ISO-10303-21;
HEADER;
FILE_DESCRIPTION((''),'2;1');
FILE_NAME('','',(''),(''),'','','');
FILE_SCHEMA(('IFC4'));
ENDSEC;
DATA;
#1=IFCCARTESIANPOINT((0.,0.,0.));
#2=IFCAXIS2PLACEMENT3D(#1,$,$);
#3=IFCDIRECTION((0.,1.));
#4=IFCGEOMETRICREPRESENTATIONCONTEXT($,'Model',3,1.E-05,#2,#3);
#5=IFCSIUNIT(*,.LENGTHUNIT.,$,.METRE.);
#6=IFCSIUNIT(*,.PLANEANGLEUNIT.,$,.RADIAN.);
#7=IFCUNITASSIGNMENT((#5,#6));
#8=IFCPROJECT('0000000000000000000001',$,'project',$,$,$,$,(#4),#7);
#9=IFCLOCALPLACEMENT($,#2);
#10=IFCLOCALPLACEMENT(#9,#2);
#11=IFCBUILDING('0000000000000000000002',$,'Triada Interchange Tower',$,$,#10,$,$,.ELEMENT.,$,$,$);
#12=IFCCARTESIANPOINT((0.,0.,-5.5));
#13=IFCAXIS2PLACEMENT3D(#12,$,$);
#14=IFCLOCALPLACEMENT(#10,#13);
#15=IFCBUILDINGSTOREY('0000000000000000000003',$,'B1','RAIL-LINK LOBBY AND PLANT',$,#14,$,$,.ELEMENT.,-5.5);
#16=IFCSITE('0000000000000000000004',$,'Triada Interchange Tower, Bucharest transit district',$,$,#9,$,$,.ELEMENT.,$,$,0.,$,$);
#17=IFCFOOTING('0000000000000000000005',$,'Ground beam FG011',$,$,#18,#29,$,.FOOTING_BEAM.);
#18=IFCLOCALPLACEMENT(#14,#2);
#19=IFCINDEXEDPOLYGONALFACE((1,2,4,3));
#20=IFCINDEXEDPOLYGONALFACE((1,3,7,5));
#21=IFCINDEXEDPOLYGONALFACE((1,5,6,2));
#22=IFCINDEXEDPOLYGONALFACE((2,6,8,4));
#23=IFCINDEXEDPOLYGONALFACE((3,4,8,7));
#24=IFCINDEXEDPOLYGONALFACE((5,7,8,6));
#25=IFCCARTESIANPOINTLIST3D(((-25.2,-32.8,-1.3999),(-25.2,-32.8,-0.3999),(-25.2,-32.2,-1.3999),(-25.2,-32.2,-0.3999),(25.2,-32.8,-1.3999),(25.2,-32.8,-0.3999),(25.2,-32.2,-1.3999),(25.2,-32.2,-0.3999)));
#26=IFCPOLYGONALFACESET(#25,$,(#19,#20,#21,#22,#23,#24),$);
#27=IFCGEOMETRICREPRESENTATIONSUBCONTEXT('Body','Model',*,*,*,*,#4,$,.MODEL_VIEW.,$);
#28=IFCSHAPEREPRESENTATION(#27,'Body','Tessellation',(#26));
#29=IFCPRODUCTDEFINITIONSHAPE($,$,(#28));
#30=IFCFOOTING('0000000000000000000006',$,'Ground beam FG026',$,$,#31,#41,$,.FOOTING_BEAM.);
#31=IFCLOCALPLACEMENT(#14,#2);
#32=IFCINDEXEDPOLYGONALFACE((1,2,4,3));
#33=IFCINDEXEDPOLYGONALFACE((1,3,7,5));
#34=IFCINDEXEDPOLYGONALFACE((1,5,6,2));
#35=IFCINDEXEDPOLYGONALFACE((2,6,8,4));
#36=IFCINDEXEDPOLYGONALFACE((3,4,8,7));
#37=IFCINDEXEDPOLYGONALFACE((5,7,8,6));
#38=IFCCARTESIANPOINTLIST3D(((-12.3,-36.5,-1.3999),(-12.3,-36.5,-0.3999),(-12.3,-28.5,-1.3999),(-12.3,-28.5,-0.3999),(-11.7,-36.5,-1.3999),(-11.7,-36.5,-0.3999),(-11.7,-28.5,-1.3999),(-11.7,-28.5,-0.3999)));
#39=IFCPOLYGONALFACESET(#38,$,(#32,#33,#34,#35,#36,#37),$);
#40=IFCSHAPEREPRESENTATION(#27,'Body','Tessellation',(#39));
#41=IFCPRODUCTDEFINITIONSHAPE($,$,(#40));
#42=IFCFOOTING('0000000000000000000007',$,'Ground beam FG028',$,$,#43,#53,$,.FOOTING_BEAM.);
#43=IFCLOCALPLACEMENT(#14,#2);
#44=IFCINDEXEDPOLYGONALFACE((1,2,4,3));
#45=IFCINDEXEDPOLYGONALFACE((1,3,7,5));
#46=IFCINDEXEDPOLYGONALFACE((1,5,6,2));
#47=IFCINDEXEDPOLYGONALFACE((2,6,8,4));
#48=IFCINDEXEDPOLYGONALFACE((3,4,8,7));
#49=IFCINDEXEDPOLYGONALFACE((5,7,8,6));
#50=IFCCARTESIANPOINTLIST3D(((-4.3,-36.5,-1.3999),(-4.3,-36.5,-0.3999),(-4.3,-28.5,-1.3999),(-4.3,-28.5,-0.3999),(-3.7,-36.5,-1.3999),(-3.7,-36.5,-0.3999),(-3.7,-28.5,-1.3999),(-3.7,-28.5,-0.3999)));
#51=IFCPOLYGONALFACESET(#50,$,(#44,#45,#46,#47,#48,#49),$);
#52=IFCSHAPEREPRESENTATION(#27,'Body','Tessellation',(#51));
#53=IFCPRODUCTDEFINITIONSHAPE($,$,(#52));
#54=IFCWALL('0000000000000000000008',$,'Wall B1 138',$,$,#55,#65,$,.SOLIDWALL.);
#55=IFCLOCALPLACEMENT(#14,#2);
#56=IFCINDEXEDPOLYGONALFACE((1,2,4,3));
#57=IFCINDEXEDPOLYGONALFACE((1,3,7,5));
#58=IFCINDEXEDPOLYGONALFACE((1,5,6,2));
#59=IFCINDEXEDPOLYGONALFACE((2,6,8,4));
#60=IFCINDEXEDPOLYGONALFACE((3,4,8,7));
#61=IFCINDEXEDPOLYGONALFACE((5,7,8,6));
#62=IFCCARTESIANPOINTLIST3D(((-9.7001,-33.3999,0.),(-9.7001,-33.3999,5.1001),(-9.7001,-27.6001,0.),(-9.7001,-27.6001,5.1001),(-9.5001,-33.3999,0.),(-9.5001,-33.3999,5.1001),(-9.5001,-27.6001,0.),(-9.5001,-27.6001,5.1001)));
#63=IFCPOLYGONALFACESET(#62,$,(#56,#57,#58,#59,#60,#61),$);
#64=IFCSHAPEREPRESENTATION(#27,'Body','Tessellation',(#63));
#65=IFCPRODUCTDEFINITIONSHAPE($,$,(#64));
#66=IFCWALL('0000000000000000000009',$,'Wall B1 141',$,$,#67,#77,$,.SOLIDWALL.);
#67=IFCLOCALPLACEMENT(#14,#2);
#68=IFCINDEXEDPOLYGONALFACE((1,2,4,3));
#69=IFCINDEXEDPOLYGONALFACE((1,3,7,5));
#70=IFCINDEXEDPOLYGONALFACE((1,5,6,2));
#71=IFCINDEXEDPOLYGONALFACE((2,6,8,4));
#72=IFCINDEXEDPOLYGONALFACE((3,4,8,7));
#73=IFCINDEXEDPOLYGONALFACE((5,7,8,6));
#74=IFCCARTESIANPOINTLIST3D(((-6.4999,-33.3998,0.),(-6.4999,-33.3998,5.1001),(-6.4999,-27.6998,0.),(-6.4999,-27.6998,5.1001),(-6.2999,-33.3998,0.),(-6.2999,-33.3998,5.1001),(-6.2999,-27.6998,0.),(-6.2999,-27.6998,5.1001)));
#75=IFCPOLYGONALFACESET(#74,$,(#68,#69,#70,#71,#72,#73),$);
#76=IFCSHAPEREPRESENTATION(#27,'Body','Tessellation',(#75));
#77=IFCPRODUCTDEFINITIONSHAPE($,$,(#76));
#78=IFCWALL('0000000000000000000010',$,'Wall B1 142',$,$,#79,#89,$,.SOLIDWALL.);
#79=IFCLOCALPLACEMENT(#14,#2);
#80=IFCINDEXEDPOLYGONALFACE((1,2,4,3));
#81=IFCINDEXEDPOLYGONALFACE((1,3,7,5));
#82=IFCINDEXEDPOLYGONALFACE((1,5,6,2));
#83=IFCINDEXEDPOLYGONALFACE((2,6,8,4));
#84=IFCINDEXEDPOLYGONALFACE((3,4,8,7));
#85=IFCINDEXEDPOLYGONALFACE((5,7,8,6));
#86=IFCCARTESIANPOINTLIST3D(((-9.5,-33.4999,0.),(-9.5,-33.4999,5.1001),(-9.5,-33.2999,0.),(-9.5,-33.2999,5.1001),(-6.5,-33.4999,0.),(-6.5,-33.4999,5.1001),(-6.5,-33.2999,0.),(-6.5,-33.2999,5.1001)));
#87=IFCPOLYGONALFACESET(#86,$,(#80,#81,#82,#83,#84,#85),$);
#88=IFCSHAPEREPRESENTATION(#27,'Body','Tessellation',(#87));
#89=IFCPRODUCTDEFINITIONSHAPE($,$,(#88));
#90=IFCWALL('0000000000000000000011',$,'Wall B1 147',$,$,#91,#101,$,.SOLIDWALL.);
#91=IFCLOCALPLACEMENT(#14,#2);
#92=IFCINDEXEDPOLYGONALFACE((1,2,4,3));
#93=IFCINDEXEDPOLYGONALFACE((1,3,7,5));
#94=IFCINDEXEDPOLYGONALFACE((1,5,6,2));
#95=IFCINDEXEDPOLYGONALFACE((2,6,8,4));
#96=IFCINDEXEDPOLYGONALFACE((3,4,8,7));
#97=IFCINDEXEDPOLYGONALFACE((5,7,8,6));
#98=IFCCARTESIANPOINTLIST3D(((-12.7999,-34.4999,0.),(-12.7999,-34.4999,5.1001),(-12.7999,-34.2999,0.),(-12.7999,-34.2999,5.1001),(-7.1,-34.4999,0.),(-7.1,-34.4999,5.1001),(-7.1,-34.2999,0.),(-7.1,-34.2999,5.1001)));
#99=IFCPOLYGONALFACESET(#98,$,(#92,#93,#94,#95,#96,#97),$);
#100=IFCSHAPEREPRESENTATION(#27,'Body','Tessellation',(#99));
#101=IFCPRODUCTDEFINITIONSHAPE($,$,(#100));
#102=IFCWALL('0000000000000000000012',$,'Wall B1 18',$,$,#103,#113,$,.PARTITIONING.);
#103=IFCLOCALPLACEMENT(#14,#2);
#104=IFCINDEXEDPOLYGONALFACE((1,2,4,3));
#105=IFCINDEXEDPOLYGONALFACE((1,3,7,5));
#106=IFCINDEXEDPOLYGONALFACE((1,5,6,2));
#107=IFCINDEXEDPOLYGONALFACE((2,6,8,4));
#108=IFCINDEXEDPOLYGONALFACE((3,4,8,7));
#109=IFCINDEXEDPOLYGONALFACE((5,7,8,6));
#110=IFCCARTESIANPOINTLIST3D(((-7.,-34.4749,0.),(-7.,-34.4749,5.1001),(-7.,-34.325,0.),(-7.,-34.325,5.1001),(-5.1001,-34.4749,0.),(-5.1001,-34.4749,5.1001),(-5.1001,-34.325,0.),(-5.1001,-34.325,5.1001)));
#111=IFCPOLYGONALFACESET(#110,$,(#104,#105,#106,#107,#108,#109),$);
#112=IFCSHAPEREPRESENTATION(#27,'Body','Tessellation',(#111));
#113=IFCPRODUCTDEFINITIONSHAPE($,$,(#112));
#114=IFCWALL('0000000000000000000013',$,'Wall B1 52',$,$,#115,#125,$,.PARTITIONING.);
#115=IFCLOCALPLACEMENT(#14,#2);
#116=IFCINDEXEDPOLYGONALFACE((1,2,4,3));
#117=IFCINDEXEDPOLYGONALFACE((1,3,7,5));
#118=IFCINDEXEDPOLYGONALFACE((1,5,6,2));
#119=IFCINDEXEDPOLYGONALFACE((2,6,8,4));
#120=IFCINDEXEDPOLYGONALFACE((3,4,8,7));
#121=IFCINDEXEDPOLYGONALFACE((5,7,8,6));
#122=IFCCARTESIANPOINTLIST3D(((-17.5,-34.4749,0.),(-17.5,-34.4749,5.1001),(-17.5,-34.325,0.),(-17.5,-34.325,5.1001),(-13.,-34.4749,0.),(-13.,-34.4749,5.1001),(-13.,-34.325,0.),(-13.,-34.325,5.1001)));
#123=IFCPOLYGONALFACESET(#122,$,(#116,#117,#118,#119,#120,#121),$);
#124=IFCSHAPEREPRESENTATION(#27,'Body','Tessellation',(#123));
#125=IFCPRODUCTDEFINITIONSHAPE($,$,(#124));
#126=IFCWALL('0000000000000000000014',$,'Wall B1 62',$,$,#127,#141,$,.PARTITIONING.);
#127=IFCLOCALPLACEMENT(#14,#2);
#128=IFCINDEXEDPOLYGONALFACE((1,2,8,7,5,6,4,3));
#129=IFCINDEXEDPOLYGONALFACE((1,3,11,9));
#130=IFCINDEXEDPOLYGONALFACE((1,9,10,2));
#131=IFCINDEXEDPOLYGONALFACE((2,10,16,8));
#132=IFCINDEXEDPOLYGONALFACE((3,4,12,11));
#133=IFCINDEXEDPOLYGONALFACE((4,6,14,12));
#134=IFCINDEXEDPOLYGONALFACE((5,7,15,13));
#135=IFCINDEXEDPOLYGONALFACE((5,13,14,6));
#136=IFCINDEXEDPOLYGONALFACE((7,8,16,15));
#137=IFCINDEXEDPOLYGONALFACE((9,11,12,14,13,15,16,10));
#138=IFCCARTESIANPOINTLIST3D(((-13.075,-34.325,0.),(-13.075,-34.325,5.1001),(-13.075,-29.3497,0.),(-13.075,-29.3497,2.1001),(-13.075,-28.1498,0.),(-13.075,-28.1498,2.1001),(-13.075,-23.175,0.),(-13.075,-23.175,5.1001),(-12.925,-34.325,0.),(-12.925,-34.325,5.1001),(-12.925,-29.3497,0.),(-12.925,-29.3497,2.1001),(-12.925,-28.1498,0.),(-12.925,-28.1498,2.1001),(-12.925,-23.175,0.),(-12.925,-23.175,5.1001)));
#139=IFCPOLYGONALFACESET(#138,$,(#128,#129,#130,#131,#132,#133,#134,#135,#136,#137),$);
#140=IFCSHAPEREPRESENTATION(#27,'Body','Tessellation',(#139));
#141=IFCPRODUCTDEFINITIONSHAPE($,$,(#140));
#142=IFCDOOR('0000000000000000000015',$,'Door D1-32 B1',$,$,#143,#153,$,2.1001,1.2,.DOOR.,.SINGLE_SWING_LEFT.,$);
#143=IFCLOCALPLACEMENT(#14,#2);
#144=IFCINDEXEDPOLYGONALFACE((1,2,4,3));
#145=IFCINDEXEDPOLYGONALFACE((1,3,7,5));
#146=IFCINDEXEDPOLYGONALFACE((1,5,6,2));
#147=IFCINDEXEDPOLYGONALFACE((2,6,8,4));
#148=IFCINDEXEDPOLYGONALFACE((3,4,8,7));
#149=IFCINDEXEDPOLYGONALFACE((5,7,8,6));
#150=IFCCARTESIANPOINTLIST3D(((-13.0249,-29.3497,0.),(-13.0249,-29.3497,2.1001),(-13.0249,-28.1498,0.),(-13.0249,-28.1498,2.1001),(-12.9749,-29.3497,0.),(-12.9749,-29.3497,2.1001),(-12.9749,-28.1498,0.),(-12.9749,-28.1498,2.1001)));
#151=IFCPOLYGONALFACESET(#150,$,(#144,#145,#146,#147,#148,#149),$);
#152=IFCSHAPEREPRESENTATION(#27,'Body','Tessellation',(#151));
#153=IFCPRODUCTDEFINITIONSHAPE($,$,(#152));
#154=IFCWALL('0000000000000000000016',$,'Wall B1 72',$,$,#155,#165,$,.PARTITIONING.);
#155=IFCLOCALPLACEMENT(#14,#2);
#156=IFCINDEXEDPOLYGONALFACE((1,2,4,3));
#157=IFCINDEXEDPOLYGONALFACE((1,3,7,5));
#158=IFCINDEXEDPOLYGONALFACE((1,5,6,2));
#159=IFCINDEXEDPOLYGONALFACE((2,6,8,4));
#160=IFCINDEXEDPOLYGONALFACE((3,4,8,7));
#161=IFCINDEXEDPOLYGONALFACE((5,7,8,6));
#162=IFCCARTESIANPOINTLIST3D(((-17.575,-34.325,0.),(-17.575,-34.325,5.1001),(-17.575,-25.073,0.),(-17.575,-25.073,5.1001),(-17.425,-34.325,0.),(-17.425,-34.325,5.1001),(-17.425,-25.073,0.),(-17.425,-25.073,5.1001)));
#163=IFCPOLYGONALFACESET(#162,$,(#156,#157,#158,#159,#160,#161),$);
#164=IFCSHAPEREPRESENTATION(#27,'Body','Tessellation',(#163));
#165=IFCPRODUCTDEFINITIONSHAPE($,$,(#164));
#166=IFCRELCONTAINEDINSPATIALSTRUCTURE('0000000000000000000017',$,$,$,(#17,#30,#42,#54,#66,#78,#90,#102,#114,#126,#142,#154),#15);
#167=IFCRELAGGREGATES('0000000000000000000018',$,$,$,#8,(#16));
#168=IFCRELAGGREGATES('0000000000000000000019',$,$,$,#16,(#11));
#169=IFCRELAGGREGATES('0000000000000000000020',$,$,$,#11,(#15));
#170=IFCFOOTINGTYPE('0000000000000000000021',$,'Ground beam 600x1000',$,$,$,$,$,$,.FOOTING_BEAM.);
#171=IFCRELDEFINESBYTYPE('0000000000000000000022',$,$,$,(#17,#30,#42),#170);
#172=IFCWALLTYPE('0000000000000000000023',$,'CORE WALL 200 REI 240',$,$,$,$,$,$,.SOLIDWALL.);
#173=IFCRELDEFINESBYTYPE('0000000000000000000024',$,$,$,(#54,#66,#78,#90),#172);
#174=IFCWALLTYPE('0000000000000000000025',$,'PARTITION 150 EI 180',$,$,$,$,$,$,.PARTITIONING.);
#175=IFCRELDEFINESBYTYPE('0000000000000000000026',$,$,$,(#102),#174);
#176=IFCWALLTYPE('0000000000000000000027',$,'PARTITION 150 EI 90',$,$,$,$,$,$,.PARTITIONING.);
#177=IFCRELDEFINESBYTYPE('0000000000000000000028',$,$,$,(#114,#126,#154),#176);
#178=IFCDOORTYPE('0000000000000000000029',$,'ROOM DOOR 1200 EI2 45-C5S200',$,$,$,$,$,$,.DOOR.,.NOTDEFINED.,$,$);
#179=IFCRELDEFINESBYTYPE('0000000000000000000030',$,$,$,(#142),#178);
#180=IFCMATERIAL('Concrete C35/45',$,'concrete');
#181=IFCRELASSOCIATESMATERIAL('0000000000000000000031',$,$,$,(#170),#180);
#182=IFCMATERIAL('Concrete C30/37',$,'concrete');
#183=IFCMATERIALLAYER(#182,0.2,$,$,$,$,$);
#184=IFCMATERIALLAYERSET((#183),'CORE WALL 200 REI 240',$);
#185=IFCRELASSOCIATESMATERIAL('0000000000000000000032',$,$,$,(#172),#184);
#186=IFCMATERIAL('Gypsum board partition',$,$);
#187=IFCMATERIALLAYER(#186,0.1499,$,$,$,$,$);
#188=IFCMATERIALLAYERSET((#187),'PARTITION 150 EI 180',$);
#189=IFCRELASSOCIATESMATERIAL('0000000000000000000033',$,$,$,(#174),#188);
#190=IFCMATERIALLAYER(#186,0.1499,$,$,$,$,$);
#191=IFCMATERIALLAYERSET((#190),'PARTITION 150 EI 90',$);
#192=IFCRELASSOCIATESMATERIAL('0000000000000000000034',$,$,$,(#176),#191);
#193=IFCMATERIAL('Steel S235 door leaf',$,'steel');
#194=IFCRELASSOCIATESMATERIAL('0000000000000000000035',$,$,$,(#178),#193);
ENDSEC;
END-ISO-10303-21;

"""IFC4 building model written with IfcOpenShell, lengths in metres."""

from ifc_helpers import new_model, si_unit, direction, frame, frame_2d, origin, origin_2d, place, context, subcontext, project, spatial, rectangle, extrude, material, layer, layer_set, type_object, element, fill, save


model = new_model("IFC4")

# Units and contexts
model_context = context("Model", 3, precision=1e-05, world=origin(), true_north=direction((0.0, 1.0)))
body_context = subcontext(model_context, "Body", "Model", "MODEL_VIEW")
ifc_project = project(units=[si_unit("LENGTHUNIT", "METRE"), si_unit("PLANEANGLEUNIT", "RADIAN")], contexts=[model_context])

# Site, building, storey
site_placement = place(None, origin())
site = spatial("IfcSite", under=ifc_project, at=site_placement, Name="Triada Interchange Tower, Bucharest transit district", CompositionType="ELEMENT", RefElevation=0.0)
building_placement = place(site_placement, origin())
building = spatial("IfcBuilding", under=site, at=building_placement, Name="Triada Interchange Tower", CompositionType="ELEMENT")
storey_placement = place(building_placement, frame((0.0, 0.0, -5.5)))
storey = spatial("IfcBuildingStorey", under=building, at=storey_placement, Name="B1", Description="RAIL-LINK LOBBY AND PLANT", CompositionType="ELEMENT", Elevation=-5.5)

# Footings
ifc_material_1 = material(Name="Concrete C35/45", Category="concrete")
footing_type = type_object("IfcFootingType", Name="Ground beam 600x1000", PredefinedType="FOOTING_BEAM", material=ifc_material_1)
footing_placement = place(storey_placement, frame((0.0, -32.5, -1.3999), z_axis=(0.0, 0.0, 1.0), x_axis=(1.0, 0.0, 0.0)))
element("IfcFooting", 1, at=footing_placement, inside=storey, type_object=footing_type, Name="Ground beam FG011", PredefinedType="FOOTING_BEAM", context=body_context, shape_type="SweptSolid", body=[
    extrude(rectangle(XDim=50.3999, YDim=0.6001, at=origin_2d()), origin(), (0.0, 0.0, 1.0), 1.0),
])
for number, where, z_axis, x_axis, name in (
    (2, (-12.0, -32.5, -1.3999), (0.0, 0.0, 1.0), (1.0, 0.0, 0.0), "Ground beam FG026"),
    (3, (-4.0, -32.5, -1.3999), (0.0, 0.0, 1.0), (1.0, 0.0, 0.0), "Ground beam FG028"),
):
    element("IfcFooting", number, at=place(storey_placement, frame(where, z_axis=z_axis, x_axis=x_axis)), inside=storey, type_object=footing_type, Name=name, PredefinedType="FOOTING_BEAM", context=body_context, shape_type="SweptSolid", body=[
        extrude(rectangle(XDim=0.6001, YDim=8.0, at=origin_2d()), origin(), (0.0, 0.0, 1.0), 1.0),
    ])

# Walls
ifc_material_2 = material(Name="Concrete C30/37", Category="concrete")
ifc_layer_1 = layer(ifc_material_2, 0.2)
ifc_layer_set_1 = layer_set([ifc_layer_1], Name="CORE WALL 200 REI 240")
wall_type_1 = type_object("IfcWallType", Name="CORE WALL 200 REI 240", PredefinedType="SOLIDWALL", material=ifc_layer_set_1)
wall_1_placement = place(storey_placement, frame((-9.6001, -33.3999, 0.0), z_axis=(0.0, 0.0, 1.0), x_axis=(0.0, 1.0, 0.0)))
element("IfcWall", 4, at=wall_1_placement, inside=storey, type_object=wall_type_1, Name="Wall B1 138", PredefinedType="SOLIDWALL", context=body_context, shape_type="SweptSolid", body=[
    extrude(rectangle(XDim=5.7998, YDim=0.2, at=frame_2d((2.8999, 0.0))), origin(), (0.0, 0.0, 1.0), 5.1001),
])
wall_2_placement = place(storey_placement, frame((-6.3999, -33.3999, 0.0), z_axis=(0.0, 0.0, 1.0), x_axis=(0.0, 1.0, 0.0)))
element("IfcWall", 5, at=wall_2_placement, inside=storey, type_object=wall_type_1, Name="Wall B1 141", PredefinedType="SOLIDWALL", context=body_context, shape_type="SweptSolid", body=[
    extrude(rectangle(XDim=5.7, YDim=0.2, at=frame_2d((2.8501, 0.0))), origin(), (0.0, 0.0, 1.0), 5.1001),
])
wall_3_placement = place(storey_placement, frame((-9.5, -33.3999, 0.0), z_axis=(0.0, 0.0, 1.0), x_axis=(1.0, 0.0, 0.0)))
element("IfcWall", 6, at=wall_3_placement, inside=storey, type_object=wall_type_1, Name="Wall B1 142", PredefinedType="SOLIDWALL", context=body_context, shape_type="SweptSolid", body=[
    extrude(rectangle(XDim=3.0, YDim=0.2, at=frame_2d((1.5, 0.0))), origin(), (0.0, 0.0, 1.0), 5.1001),
])
wall_4_placement = place(storey_placement, frame((-12.8, -34.3999, 0.0), z_axis=(0.0, 0.0, 1.0), x_axis=(1.0, 0.0, 0.0)))
element("IfcWall", 7, at=wall_4_placement, inside=storey, type_object=wall_type_1, Name="Wall B1 147", PredefinedType="SOLIDWALL", context=body_context, shape_type="SweptSolid", body=[
    extrude(rectangle(XDim=5.7, YDim=0.2, at=frame_2d((2.8501, 0.0))), origin(), (0.0, 0.0, 1.0), 5.1001),
])
ifc_material_3 = material(Name="Gypsum board partition")
ifc_layer_2 = layer(ifc_material_3, 0.1499)
ifc_layer_set_2 = layer_set([ifc_layer_2], Name="PARTITION 150 EI 180")
wall_type_2 = type_object("IfcWallType", Name="PARTITION 150 EI 180", PredefinedType="PARTITIONING", material=ifc_layer_set_2)
wall_5_placement = place(storey_placement, frame((-7.0, -34.3999, 0.0), z_axis=(0.0, 0.0, 1.0), x_axis=(1.0, 0.0, 0.0)))
element("IfcWall", 8, at=wall_5_placement, inside=storey, type_object=wall_type_2, Name="Wall B1 18", PredefinedType="PARTITIONING", context=body_context, shape_type="SweptSolid", body=[
    extrude(rectangle(XDim=1.8999, YDim=0.1499, at=frame_2d((0.95, 0.0))), origin(), (0.0, 0.0, 1.0), 5.1001),
])
ifc_layer_3 = layer(ifc_material_3, 0.1499)
ifc_layer_set_3 = layer_set([ifc_layer_3], Name="PARTITION 150 EI 90")
wall_type_3 = type_object("IfcWallType", Name="PARTITION 150 EI 90", PredefinedType="PARTITIONING", material=ifc_layer_set_3)
wall_6_placement = place(storey_placement, frame((-17.5, -34.3999, 0.0), z_axis=(0.0, 0.0, 1.0), x_axis=(1.0, 0.0, 0.0)))
element("IfcWall", 9, at=wall_6_placement, inside=storey, type_object=wall_type_3, Name="Wall B1 52", PredefinedType="PARTITIONING", context=body_context, shape_type="SweptSolid", body=[
    extrude(rectangle(XDim=4.5, YDim=0.1499, at=frame_2d((2.25, 0.0))), origin(), (0.0, 0.0, 1.0), 5.1001),
])

# Wall, opening, door
wall_7_placement = place(storey_placement, frame((-13.0, -34.325, 0.0), z_axis=(0.0, 0.0, 1.0), x_axis=(0.0, 1.0, 0.0)))
wall_7 = element("IfcWall", 10, at=wall_7_placement, inside=storey, type_object=wall_type_3, Name="Wall B1 62", PredefinedType="PARTITIONING", context=body_context, shape_type="SweptSolid", body=[
    extrude(rectangle(XDim=11.1499, YDim=0.1499, at=frame_2d((5.575, 0.0))), origin(), (0.0, 0.0, 1.0), 5.1001),
])
opening_placement = place(wall_7_placement, frame((4.9751, 0.0, 0.0)))
opening = element("IfcOpeningElement", 11, at=opening_placement, cuts=wall_7, PredefinedType="OPENING", context=body_context, shape_type="SweptSolid", body=[
    extrude(rectangle(XDim=1.2, YDim=2.1001, at=frame_2d((0.6001, 1.05))), frame((0.0, 0.085, 0.0), z_axis=(0.0, -1.0, 0.0), x_axis=(1.0, 0.0, 0.0)), (0.0, 0.0, 1.0), 0.1699),
])
ifc_material_4 = material(Name="Steel S235 door leaf", Category="steel")
door_type = type_object("IfcDoorType", Name="ROOM DOOR 1200 EI2 45-C5S200", OperationType="NOTDEFINED", PredefinedType="DOOR", material=ifc_material_4)
door_placement = place(opening_placement, origin())
door = element("IfcDoor", 12, at=door_placement, inside=storey, type_object=door_type, Name="Door D1-32 B1", OperationType="SINGLE_SWING_LEFT", OverallHeight=2.1001, OverallWidth=1.2, PredefinedType="DOOR", context=body_context, shape_type="SweptSolid", body=[
    extrude(rectangle(XDim=1.2, YDim=2.1001, at=frame_2d((0.6001, 1.05))), frame((0.0, 0.0249, 0.0), z_axis=(0.0, -1.0, 0.0), x_axis=(1.0, 0.0, 0.0)), (0.0, 0.0, 1.0), 0.05),
])
fill(opening, door)

# Wall
wall_8_placement = place(storey_placement, frame((-17.5, -34.325, 0.0), z_axis=(0.0, 0.0, 1.0), x_axis=(0.0, 1.0, 0.0)))
element("IfcWall", 13, at=wall_8_placement, inside=storey, type_object=wall_type_3, Name="Wall B1 72", PredefinedType="PARTITIONING", context=body_context, shape_type="SweptSolid", body=[
    extrude(rectangle(XDim=9.252, YDim=0.1499, at=frame_2d((4.626, 0.0))), origin(), (0.0, 0.0, 1.0), 5.1001),
])

save(model, "model.ifc")
